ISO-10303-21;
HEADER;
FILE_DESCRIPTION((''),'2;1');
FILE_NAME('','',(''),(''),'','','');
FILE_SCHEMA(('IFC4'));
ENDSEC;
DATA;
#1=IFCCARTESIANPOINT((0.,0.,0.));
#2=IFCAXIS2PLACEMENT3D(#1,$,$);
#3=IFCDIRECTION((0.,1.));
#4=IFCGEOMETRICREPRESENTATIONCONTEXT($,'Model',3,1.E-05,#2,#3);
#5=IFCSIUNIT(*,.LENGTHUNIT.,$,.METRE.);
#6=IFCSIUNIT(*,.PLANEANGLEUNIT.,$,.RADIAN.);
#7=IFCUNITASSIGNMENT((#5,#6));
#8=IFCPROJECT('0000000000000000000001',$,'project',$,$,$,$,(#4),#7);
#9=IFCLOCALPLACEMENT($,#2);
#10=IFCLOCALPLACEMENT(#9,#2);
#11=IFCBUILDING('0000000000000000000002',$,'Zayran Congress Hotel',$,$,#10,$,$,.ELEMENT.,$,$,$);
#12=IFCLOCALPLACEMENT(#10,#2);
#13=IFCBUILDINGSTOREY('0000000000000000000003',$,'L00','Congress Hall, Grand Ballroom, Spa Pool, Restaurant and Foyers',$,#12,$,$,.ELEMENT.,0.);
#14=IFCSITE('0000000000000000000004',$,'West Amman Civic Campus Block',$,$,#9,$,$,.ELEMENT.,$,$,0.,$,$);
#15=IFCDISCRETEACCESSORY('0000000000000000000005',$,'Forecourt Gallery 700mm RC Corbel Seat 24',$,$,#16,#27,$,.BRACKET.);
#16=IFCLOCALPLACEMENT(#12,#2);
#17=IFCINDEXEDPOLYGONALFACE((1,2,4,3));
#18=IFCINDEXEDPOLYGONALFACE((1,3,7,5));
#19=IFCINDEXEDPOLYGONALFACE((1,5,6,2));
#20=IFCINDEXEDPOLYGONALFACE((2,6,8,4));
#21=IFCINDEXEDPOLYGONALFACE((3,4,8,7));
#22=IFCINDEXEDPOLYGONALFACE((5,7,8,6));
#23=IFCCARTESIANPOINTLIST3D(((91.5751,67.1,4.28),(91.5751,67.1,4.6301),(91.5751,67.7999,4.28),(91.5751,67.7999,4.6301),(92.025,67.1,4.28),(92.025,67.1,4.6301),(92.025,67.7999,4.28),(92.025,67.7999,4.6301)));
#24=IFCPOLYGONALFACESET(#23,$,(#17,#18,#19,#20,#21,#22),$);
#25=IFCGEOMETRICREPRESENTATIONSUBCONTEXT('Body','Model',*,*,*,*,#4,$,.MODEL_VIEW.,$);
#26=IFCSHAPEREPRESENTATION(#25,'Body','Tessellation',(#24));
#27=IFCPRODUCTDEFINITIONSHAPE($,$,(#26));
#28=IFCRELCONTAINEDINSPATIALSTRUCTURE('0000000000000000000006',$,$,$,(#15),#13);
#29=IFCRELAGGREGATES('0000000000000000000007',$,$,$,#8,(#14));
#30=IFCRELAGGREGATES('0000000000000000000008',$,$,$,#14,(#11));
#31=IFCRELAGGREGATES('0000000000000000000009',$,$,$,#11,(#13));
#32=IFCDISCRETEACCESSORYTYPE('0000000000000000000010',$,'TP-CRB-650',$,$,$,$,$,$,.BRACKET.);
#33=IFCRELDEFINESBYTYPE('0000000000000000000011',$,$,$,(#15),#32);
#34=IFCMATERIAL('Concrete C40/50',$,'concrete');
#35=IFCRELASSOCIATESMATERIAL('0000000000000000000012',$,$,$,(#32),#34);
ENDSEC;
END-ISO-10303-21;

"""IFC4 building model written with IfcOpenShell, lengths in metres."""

from ifc_helpers import new_model, si_unit, direction, frame, origin, origin_2d, place, context, subcontext, project, spatial, rectangle, extrude, material, type_object, element, save


model = new_model("IFC4")

# Units and contexts
model_context = context("Model", 3, precision=1e-05, world=origin(), true_north=direction((0.0, 1.0)))
body_context = subcontext(model_context, "Body", "Model", "MODEL_VIEW")
ifc_project = project(units=[si_unit("LENGTHUNIT", "METRE"), si_unit("PLANEANGLEUNIT", "RADIAN")], contexts=[model_context])

# Site, building, storey
site_placement = place(None, origin())
site = spatial("IfcSite", under=ifc_project, at=site_placement, Name="West Amman Civic Campus Block", CompositionType="ELEMENT", RefElevation=0.0)
building_placement = place(site_placement, origin())
building = spatial("IfcBuilding", under=site, at=building_placement, Name="Zayran Congress Hotel", CompositionType="ELEMENT")
storey_placement = place(building_placement, origin())
storey = spatial("IfcBuildingStorey", under=building, at=storey_placement, Name="L00", Description="Congress Hall, Grand Ballroom, Spa Pool, Restaurant and Foyers", CompositionType="ELEMENT", Elevation=0.0)

# Discrete accessory
ifc_material_1 = material(Name="Concrete C40/50", Category="concrete")
discrete_accessory_type_1 = type_object("IfcDiscreteAccessoryType", Name="TP-CRB-650", PredefinedType="BRACKET", material=ifc_material_1)
discrete_accessory_1_placement = place(storey_placement, frame((91.8, 67.45, 4.28), z_axis=(0.0, 0.0, 1.0), x_axis=(0.0, 1.0, 0.0)))
element("IfcDiscreteAccessory", 1, at=discrete_accessory_1_placement, inside=storey, type_object=discrete_accessory_type_1, Name="Forecourt Gallery 700mm RC Corbel Seat 24", PredefinedType="BRACKET", context=body_context, shape_type="SweptSolid", body=[
    extrude(rectangle(XDim=0.7, YDim=0.45, at=origin_2d()), origin(), (0.0, 0.0, 1.0), 0.3501),
])

save(model, "model.ifc")
